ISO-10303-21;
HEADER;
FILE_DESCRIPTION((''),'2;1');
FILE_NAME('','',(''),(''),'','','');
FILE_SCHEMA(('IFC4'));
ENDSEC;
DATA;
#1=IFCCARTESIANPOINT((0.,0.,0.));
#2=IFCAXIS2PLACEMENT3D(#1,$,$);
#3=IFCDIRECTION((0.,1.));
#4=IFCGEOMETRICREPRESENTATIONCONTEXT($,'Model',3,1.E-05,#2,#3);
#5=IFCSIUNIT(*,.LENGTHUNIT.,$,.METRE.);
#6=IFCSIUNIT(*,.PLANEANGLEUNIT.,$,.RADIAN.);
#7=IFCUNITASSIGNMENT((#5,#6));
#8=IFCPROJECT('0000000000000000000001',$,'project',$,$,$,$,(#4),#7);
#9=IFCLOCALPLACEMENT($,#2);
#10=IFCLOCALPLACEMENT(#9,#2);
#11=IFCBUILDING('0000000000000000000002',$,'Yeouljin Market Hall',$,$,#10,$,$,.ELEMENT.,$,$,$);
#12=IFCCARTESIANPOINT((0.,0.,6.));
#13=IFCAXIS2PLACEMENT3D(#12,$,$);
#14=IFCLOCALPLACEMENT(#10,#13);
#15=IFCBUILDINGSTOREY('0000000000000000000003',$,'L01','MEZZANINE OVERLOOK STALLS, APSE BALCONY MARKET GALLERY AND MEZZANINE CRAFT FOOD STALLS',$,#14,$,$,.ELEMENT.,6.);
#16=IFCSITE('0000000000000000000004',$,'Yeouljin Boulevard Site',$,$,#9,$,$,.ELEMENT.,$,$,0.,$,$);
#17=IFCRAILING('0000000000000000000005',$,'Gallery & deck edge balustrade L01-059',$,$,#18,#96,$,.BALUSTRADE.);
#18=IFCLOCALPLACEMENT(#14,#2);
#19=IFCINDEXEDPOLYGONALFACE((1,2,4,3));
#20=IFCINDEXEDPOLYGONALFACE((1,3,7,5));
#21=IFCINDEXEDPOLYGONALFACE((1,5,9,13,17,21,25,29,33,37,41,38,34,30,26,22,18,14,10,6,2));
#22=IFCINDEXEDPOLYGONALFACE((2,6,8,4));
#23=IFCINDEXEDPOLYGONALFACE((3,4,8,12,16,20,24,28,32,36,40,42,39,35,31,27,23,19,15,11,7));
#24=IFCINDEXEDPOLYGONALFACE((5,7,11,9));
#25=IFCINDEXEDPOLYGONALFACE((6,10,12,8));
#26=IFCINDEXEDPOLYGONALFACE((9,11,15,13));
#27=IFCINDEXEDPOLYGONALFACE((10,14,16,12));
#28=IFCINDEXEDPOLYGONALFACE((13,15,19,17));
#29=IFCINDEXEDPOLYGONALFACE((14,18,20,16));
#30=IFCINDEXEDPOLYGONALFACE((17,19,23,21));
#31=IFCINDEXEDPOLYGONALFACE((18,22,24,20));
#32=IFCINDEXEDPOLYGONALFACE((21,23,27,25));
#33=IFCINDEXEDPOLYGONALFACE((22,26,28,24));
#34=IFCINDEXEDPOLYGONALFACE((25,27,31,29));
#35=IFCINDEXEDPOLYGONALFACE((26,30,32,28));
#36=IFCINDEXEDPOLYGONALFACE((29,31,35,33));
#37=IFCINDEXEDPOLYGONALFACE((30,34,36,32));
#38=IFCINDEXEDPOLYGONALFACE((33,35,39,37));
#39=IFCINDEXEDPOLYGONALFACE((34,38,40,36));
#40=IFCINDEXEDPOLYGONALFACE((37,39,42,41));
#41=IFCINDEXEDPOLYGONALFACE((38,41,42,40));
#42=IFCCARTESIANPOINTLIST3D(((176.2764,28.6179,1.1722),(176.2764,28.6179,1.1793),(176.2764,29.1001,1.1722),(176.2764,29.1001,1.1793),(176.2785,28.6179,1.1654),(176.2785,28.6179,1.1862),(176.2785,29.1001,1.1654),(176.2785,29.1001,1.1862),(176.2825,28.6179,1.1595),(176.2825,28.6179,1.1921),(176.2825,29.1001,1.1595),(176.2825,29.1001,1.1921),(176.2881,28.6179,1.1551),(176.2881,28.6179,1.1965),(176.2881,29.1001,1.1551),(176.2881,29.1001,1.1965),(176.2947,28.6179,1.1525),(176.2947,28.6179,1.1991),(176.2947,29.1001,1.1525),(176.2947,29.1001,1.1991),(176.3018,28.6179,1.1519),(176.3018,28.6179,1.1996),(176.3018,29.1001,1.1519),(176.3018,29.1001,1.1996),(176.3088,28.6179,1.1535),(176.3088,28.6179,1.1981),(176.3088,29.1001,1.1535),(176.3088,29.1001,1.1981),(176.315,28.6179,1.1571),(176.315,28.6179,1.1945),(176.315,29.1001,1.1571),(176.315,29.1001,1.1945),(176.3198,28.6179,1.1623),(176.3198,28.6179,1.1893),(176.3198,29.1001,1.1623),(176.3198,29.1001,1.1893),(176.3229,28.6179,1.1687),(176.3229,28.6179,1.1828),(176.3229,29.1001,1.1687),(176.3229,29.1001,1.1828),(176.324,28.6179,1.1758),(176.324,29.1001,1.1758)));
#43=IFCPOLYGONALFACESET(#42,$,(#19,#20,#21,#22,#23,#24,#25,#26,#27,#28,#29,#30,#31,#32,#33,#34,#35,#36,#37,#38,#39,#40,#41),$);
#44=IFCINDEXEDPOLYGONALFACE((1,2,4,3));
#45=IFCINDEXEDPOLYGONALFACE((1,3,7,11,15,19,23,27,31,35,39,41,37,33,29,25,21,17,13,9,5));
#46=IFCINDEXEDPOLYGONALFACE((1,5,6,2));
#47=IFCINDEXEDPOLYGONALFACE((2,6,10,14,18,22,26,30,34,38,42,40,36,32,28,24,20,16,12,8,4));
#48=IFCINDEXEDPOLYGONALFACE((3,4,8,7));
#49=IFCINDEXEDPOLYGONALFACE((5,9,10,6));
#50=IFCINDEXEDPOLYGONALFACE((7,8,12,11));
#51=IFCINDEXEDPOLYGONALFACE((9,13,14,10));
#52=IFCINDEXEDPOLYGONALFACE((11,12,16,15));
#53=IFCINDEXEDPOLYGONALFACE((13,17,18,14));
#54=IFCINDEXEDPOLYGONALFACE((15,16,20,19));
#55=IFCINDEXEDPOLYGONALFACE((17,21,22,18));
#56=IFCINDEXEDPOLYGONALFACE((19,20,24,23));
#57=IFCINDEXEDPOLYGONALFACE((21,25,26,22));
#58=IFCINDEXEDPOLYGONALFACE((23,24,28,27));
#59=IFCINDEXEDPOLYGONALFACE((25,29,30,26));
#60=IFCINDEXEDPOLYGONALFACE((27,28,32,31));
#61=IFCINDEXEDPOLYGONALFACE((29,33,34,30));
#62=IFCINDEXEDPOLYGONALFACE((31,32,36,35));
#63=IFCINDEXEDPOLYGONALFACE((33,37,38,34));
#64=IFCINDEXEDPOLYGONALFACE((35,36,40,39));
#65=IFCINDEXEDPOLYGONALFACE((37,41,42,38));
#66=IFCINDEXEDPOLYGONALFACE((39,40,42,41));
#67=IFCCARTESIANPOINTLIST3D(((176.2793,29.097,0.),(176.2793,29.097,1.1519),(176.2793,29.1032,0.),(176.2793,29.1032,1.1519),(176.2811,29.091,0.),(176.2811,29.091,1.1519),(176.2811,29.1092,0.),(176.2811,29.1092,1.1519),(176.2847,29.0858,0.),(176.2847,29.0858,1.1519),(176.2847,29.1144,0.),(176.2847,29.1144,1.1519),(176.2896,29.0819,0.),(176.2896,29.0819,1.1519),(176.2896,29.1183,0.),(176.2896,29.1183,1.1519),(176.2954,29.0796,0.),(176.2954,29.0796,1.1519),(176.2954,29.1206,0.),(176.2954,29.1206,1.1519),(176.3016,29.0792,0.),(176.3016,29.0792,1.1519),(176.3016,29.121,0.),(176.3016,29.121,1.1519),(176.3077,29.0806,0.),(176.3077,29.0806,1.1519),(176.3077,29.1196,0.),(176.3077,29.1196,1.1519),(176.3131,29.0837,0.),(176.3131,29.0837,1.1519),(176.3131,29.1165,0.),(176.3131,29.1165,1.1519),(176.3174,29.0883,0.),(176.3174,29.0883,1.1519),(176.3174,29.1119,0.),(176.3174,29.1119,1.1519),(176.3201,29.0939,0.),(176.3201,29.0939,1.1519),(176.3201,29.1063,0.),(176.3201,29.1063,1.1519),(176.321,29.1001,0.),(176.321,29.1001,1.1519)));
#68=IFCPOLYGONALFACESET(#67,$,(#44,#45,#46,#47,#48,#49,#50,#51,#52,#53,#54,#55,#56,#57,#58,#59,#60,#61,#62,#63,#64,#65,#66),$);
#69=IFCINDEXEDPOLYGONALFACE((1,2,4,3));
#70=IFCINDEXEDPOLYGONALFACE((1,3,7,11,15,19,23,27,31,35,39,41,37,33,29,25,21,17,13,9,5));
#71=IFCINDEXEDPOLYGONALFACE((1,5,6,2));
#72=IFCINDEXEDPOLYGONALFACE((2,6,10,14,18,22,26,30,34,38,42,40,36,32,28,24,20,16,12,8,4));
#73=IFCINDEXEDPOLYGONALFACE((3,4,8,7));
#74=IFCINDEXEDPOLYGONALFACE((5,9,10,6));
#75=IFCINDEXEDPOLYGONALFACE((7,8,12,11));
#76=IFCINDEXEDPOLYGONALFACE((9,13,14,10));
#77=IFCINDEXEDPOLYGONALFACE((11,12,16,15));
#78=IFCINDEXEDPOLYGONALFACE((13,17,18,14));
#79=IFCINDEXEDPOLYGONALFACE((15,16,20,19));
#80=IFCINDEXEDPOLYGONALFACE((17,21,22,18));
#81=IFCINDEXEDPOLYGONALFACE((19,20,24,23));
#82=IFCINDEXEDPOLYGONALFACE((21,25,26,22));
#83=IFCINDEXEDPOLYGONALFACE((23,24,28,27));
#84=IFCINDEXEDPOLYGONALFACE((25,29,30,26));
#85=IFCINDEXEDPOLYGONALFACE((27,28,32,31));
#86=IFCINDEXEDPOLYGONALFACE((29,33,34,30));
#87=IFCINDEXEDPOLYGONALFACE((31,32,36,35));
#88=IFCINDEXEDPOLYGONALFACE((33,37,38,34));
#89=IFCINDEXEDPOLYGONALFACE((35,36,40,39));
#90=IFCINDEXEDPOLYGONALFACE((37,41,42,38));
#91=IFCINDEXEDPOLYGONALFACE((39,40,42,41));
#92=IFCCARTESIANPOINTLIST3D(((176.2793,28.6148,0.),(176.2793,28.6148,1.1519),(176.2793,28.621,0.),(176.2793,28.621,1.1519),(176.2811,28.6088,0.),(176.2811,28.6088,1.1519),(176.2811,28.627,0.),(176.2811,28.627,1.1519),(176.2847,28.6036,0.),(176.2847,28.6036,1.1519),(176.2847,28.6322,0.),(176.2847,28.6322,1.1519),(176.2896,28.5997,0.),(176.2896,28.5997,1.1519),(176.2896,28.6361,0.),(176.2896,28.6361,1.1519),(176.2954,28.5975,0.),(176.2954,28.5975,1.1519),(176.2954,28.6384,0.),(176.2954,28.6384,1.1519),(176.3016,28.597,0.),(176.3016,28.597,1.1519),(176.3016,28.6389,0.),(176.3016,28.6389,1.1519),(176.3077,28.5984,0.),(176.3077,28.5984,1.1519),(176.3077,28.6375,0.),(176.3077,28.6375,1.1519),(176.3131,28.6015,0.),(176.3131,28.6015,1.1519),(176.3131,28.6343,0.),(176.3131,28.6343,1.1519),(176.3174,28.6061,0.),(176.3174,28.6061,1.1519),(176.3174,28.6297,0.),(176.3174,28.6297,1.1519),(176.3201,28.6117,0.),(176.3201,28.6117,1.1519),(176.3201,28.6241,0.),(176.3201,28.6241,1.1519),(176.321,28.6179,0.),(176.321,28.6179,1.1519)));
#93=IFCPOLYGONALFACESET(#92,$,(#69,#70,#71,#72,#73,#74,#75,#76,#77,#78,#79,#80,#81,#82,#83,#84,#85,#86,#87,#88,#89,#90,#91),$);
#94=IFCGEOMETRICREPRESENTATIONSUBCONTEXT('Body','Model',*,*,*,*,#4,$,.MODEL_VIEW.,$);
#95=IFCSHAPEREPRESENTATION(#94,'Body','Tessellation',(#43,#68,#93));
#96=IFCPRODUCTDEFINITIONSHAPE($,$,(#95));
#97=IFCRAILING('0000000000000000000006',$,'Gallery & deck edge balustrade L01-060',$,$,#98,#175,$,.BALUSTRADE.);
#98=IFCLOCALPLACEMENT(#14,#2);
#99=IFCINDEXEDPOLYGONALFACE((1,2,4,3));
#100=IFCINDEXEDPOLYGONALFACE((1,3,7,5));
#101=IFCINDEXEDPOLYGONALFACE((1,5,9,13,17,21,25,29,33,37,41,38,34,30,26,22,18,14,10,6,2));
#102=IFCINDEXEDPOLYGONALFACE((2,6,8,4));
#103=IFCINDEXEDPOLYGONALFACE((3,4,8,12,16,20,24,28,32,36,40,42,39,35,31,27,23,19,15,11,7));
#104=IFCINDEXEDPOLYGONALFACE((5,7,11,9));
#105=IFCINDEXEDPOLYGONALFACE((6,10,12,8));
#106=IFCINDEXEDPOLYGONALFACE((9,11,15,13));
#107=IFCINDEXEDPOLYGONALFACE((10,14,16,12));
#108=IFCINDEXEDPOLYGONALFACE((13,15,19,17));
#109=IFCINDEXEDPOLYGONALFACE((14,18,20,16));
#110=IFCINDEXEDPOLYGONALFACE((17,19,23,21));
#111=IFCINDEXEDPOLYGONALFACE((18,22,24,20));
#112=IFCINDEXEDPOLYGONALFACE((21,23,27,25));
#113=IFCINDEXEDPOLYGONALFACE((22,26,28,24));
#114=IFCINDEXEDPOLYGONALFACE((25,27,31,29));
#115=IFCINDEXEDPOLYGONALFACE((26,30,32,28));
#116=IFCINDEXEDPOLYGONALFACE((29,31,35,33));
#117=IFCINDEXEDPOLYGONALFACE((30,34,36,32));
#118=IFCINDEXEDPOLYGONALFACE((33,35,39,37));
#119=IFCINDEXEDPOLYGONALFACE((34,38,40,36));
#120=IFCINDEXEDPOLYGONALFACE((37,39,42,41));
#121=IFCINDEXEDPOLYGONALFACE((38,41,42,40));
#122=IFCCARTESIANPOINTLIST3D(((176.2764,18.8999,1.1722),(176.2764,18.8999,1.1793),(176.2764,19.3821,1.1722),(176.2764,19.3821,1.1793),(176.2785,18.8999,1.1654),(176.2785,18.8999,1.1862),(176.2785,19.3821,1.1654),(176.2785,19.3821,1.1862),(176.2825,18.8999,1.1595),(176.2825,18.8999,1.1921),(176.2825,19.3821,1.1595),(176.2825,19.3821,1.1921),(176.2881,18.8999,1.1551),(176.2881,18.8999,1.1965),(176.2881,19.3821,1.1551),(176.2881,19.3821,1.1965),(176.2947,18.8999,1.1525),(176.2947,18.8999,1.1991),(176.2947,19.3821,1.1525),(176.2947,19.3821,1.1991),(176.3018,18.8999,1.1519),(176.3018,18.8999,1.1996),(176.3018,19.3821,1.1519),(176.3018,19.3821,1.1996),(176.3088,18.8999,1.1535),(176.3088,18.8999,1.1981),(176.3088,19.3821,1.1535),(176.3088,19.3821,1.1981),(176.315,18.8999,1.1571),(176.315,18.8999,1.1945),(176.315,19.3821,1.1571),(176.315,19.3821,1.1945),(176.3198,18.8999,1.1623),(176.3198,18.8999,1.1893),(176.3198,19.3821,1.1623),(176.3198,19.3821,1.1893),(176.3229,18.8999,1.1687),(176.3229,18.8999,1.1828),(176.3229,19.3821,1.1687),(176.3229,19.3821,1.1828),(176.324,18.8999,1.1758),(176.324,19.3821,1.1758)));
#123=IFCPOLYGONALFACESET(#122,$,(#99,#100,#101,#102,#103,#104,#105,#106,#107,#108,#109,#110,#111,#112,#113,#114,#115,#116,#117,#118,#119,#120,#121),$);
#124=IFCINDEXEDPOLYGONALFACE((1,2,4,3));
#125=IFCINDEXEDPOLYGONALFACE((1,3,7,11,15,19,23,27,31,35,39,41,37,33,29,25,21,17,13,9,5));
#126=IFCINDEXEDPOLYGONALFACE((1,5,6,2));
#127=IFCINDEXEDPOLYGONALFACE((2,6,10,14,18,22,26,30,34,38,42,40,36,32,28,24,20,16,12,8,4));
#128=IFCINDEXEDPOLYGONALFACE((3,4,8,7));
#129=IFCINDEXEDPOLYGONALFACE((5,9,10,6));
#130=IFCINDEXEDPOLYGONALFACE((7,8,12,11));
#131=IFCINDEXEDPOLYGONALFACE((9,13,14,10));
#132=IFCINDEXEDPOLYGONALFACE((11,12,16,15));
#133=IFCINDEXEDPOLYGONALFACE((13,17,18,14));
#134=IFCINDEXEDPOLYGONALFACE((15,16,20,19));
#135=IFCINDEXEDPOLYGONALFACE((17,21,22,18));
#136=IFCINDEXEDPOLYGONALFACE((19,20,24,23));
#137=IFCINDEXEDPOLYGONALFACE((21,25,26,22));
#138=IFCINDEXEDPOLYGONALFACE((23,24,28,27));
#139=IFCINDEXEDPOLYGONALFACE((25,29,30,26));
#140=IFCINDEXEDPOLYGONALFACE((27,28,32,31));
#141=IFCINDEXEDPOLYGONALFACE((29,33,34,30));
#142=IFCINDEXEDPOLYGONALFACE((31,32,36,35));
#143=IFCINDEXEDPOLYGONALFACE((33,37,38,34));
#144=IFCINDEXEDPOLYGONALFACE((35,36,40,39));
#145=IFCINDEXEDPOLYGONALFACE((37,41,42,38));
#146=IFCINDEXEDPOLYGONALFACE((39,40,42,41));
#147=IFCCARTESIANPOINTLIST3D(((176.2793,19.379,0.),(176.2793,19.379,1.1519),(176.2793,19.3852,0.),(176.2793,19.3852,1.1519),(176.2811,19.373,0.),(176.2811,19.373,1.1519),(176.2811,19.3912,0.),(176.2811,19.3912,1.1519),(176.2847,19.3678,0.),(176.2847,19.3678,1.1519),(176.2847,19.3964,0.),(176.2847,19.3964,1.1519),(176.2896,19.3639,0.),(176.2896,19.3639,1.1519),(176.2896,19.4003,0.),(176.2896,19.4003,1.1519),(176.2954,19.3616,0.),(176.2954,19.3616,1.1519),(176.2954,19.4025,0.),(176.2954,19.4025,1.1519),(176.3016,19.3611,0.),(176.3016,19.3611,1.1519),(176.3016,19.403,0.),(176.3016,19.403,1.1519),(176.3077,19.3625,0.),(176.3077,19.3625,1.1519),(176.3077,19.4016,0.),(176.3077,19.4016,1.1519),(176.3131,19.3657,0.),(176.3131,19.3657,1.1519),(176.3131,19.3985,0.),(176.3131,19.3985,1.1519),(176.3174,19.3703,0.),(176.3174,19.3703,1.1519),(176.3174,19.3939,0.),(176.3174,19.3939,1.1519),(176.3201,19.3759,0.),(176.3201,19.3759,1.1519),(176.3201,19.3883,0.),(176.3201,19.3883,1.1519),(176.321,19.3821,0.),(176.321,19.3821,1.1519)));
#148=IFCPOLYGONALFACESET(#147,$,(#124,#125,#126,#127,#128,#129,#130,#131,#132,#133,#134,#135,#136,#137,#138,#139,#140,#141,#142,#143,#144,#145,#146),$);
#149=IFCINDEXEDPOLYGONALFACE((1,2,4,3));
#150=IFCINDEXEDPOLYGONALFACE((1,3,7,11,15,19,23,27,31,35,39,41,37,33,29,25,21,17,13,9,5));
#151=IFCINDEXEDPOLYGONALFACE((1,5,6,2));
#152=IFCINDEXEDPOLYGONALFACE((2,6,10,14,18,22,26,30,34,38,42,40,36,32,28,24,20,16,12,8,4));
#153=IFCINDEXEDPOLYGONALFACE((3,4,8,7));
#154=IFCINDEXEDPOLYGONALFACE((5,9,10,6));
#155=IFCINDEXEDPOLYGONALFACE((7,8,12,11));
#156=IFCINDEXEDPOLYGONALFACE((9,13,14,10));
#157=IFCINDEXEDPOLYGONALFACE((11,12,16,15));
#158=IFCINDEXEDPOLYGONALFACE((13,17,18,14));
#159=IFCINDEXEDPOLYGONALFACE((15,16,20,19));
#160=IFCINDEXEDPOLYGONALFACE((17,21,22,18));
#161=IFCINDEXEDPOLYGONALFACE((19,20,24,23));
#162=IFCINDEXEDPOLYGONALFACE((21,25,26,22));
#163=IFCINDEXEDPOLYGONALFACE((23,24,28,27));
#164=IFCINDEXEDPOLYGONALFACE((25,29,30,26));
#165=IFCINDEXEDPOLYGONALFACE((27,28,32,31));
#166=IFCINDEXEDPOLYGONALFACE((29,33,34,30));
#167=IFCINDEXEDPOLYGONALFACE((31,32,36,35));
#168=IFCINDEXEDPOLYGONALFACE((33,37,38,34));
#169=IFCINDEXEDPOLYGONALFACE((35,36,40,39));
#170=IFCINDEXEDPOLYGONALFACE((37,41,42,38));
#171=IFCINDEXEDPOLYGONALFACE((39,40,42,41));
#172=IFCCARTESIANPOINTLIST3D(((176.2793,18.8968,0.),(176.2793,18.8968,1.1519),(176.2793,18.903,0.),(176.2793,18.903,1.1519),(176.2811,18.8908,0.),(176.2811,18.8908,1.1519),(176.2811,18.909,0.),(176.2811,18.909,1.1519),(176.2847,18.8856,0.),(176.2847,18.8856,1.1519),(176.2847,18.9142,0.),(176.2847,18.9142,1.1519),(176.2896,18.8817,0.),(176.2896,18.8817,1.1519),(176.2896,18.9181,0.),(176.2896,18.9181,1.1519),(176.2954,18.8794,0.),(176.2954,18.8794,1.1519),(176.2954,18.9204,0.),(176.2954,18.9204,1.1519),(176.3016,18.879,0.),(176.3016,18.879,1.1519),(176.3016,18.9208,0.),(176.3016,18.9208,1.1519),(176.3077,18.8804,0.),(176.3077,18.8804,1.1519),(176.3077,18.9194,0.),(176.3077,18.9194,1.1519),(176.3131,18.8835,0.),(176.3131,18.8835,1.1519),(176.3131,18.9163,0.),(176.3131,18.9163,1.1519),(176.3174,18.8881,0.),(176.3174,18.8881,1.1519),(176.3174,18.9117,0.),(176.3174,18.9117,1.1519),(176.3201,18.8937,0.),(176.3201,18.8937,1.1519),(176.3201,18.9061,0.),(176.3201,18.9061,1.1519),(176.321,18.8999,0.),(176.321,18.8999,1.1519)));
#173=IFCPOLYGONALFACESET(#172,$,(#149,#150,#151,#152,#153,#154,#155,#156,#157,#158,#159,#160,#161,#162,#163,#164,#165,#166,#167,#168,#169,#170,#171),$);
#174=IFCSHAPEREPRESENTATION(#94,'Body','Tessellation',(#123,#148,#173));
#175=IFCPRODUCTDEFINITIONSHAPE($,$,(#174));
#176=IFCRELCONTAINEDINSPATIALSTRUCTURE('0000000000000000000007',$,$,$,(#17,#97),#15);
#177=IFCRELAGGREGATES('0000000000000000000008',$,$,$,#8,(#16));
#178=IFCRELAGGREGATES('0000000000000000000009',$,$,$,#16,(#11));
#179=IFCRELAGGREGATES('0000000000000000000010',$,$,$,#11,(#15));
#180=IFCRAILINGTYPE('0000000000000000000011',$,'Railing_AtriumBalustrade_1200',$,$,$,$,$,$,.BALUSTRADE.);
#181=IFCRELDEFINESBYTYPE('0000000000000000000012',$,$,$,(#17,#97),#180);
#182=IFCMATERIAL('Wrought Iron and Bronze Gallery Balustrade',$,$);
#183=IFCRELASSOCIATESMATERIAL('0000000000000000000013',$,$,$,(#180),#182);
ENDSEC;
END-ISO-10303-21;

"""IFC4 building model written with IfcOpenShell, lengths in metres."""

from ifc_helpers import new_model, si_unit, direction, frame, origin, origin_2d, place, context, subcontext, project, spatial, circle, extrude, material, type_object, element, save


model = new_model("IFC4")

# Units and contexts
model_context = context("Model", 3, precision=1e-05, world=origin(), true_north=direction((0.0, 1.0)))
body_context = subcontext(model_context, "Body", "Model", "MODEL_VIEW")
ifc_project = project(units=[si_unit("LENGTHUNIT", "METRE"), si_unit("PLANEANGLEUNIT", "RADIAN")], contexts=[model_context])

# Site, building, storey
site_placement = place(None, origin())
site = spatial("IfcSite", under=ifc_project, at=site_placement, Name="Yeouljin Boulevard Site", CompositionType="ELEMENT", RefElevation=0.0)
building_placement = place(site_placement, origin())
building = spatial("IfcBuilding", under=site, at=building_placement, Name="Yeouljin Market Hall", CompositionType="ELEMENT")
storey_placement = place(building_placement, frame((0.0, 0.0, 6.0)))
storey = spatial("IfcBuildingStorey", under=building, at=storey_placement, Name="L01", Description="MEZZANINE OVERLOOK STALLS, APSE BALCONY MARKET GALLERY AND MEZZANINE CRAFT FOOD STALLS", CompositionType="ELEMENT", Elevation=6.0)

# Railings
ifc_material_1 = material(Name="Wrought Iron and Bronze Gallery Balustrade")
railing_type = type_object("IfcRailingType", Name="Railing_AtriumBalustrade_1200", PredefinedType="BALUSTRADE", material=ifc_material_1)
for number, where, name in (
    (1, (176.3, 29.1001, 0.0), "Gallery & deck edge balustrade L01-059"),
    (2, (176.3, 19.3821, 0.0), "Gallery & deck edge balustrade L01-060"),
):
    element("IfcRailing", number, at=place(storey_placement, frame(where)), inside=storey, type_object=railing_type, Name=name, PredefinedType="BALUSTRADE", context=body_context, shape_type="SweptSolid", body=[
        extrude(circle(Radius=0.0239, at=origin_2d()), frame((0.0, 0.0, 1.1758), z_axis=(0.0, -1.0, 0.0), x_axis=(1.0, 0.0, 0.0)), (0.0, 0.0, 1.0), 0.4822),
        extrude(circle(Radius=0.021, at=origin_2d()), origin(), (0.0, 0.0, 1.0), 1.1519),
        extrude(circle(Radius=0.021, at=origin_2d()), frame((0.0, -0.4822, 0.0)), (0.0, 0.0, 1.0), 1.1519),
    ])

save(model, "model.ifc")
